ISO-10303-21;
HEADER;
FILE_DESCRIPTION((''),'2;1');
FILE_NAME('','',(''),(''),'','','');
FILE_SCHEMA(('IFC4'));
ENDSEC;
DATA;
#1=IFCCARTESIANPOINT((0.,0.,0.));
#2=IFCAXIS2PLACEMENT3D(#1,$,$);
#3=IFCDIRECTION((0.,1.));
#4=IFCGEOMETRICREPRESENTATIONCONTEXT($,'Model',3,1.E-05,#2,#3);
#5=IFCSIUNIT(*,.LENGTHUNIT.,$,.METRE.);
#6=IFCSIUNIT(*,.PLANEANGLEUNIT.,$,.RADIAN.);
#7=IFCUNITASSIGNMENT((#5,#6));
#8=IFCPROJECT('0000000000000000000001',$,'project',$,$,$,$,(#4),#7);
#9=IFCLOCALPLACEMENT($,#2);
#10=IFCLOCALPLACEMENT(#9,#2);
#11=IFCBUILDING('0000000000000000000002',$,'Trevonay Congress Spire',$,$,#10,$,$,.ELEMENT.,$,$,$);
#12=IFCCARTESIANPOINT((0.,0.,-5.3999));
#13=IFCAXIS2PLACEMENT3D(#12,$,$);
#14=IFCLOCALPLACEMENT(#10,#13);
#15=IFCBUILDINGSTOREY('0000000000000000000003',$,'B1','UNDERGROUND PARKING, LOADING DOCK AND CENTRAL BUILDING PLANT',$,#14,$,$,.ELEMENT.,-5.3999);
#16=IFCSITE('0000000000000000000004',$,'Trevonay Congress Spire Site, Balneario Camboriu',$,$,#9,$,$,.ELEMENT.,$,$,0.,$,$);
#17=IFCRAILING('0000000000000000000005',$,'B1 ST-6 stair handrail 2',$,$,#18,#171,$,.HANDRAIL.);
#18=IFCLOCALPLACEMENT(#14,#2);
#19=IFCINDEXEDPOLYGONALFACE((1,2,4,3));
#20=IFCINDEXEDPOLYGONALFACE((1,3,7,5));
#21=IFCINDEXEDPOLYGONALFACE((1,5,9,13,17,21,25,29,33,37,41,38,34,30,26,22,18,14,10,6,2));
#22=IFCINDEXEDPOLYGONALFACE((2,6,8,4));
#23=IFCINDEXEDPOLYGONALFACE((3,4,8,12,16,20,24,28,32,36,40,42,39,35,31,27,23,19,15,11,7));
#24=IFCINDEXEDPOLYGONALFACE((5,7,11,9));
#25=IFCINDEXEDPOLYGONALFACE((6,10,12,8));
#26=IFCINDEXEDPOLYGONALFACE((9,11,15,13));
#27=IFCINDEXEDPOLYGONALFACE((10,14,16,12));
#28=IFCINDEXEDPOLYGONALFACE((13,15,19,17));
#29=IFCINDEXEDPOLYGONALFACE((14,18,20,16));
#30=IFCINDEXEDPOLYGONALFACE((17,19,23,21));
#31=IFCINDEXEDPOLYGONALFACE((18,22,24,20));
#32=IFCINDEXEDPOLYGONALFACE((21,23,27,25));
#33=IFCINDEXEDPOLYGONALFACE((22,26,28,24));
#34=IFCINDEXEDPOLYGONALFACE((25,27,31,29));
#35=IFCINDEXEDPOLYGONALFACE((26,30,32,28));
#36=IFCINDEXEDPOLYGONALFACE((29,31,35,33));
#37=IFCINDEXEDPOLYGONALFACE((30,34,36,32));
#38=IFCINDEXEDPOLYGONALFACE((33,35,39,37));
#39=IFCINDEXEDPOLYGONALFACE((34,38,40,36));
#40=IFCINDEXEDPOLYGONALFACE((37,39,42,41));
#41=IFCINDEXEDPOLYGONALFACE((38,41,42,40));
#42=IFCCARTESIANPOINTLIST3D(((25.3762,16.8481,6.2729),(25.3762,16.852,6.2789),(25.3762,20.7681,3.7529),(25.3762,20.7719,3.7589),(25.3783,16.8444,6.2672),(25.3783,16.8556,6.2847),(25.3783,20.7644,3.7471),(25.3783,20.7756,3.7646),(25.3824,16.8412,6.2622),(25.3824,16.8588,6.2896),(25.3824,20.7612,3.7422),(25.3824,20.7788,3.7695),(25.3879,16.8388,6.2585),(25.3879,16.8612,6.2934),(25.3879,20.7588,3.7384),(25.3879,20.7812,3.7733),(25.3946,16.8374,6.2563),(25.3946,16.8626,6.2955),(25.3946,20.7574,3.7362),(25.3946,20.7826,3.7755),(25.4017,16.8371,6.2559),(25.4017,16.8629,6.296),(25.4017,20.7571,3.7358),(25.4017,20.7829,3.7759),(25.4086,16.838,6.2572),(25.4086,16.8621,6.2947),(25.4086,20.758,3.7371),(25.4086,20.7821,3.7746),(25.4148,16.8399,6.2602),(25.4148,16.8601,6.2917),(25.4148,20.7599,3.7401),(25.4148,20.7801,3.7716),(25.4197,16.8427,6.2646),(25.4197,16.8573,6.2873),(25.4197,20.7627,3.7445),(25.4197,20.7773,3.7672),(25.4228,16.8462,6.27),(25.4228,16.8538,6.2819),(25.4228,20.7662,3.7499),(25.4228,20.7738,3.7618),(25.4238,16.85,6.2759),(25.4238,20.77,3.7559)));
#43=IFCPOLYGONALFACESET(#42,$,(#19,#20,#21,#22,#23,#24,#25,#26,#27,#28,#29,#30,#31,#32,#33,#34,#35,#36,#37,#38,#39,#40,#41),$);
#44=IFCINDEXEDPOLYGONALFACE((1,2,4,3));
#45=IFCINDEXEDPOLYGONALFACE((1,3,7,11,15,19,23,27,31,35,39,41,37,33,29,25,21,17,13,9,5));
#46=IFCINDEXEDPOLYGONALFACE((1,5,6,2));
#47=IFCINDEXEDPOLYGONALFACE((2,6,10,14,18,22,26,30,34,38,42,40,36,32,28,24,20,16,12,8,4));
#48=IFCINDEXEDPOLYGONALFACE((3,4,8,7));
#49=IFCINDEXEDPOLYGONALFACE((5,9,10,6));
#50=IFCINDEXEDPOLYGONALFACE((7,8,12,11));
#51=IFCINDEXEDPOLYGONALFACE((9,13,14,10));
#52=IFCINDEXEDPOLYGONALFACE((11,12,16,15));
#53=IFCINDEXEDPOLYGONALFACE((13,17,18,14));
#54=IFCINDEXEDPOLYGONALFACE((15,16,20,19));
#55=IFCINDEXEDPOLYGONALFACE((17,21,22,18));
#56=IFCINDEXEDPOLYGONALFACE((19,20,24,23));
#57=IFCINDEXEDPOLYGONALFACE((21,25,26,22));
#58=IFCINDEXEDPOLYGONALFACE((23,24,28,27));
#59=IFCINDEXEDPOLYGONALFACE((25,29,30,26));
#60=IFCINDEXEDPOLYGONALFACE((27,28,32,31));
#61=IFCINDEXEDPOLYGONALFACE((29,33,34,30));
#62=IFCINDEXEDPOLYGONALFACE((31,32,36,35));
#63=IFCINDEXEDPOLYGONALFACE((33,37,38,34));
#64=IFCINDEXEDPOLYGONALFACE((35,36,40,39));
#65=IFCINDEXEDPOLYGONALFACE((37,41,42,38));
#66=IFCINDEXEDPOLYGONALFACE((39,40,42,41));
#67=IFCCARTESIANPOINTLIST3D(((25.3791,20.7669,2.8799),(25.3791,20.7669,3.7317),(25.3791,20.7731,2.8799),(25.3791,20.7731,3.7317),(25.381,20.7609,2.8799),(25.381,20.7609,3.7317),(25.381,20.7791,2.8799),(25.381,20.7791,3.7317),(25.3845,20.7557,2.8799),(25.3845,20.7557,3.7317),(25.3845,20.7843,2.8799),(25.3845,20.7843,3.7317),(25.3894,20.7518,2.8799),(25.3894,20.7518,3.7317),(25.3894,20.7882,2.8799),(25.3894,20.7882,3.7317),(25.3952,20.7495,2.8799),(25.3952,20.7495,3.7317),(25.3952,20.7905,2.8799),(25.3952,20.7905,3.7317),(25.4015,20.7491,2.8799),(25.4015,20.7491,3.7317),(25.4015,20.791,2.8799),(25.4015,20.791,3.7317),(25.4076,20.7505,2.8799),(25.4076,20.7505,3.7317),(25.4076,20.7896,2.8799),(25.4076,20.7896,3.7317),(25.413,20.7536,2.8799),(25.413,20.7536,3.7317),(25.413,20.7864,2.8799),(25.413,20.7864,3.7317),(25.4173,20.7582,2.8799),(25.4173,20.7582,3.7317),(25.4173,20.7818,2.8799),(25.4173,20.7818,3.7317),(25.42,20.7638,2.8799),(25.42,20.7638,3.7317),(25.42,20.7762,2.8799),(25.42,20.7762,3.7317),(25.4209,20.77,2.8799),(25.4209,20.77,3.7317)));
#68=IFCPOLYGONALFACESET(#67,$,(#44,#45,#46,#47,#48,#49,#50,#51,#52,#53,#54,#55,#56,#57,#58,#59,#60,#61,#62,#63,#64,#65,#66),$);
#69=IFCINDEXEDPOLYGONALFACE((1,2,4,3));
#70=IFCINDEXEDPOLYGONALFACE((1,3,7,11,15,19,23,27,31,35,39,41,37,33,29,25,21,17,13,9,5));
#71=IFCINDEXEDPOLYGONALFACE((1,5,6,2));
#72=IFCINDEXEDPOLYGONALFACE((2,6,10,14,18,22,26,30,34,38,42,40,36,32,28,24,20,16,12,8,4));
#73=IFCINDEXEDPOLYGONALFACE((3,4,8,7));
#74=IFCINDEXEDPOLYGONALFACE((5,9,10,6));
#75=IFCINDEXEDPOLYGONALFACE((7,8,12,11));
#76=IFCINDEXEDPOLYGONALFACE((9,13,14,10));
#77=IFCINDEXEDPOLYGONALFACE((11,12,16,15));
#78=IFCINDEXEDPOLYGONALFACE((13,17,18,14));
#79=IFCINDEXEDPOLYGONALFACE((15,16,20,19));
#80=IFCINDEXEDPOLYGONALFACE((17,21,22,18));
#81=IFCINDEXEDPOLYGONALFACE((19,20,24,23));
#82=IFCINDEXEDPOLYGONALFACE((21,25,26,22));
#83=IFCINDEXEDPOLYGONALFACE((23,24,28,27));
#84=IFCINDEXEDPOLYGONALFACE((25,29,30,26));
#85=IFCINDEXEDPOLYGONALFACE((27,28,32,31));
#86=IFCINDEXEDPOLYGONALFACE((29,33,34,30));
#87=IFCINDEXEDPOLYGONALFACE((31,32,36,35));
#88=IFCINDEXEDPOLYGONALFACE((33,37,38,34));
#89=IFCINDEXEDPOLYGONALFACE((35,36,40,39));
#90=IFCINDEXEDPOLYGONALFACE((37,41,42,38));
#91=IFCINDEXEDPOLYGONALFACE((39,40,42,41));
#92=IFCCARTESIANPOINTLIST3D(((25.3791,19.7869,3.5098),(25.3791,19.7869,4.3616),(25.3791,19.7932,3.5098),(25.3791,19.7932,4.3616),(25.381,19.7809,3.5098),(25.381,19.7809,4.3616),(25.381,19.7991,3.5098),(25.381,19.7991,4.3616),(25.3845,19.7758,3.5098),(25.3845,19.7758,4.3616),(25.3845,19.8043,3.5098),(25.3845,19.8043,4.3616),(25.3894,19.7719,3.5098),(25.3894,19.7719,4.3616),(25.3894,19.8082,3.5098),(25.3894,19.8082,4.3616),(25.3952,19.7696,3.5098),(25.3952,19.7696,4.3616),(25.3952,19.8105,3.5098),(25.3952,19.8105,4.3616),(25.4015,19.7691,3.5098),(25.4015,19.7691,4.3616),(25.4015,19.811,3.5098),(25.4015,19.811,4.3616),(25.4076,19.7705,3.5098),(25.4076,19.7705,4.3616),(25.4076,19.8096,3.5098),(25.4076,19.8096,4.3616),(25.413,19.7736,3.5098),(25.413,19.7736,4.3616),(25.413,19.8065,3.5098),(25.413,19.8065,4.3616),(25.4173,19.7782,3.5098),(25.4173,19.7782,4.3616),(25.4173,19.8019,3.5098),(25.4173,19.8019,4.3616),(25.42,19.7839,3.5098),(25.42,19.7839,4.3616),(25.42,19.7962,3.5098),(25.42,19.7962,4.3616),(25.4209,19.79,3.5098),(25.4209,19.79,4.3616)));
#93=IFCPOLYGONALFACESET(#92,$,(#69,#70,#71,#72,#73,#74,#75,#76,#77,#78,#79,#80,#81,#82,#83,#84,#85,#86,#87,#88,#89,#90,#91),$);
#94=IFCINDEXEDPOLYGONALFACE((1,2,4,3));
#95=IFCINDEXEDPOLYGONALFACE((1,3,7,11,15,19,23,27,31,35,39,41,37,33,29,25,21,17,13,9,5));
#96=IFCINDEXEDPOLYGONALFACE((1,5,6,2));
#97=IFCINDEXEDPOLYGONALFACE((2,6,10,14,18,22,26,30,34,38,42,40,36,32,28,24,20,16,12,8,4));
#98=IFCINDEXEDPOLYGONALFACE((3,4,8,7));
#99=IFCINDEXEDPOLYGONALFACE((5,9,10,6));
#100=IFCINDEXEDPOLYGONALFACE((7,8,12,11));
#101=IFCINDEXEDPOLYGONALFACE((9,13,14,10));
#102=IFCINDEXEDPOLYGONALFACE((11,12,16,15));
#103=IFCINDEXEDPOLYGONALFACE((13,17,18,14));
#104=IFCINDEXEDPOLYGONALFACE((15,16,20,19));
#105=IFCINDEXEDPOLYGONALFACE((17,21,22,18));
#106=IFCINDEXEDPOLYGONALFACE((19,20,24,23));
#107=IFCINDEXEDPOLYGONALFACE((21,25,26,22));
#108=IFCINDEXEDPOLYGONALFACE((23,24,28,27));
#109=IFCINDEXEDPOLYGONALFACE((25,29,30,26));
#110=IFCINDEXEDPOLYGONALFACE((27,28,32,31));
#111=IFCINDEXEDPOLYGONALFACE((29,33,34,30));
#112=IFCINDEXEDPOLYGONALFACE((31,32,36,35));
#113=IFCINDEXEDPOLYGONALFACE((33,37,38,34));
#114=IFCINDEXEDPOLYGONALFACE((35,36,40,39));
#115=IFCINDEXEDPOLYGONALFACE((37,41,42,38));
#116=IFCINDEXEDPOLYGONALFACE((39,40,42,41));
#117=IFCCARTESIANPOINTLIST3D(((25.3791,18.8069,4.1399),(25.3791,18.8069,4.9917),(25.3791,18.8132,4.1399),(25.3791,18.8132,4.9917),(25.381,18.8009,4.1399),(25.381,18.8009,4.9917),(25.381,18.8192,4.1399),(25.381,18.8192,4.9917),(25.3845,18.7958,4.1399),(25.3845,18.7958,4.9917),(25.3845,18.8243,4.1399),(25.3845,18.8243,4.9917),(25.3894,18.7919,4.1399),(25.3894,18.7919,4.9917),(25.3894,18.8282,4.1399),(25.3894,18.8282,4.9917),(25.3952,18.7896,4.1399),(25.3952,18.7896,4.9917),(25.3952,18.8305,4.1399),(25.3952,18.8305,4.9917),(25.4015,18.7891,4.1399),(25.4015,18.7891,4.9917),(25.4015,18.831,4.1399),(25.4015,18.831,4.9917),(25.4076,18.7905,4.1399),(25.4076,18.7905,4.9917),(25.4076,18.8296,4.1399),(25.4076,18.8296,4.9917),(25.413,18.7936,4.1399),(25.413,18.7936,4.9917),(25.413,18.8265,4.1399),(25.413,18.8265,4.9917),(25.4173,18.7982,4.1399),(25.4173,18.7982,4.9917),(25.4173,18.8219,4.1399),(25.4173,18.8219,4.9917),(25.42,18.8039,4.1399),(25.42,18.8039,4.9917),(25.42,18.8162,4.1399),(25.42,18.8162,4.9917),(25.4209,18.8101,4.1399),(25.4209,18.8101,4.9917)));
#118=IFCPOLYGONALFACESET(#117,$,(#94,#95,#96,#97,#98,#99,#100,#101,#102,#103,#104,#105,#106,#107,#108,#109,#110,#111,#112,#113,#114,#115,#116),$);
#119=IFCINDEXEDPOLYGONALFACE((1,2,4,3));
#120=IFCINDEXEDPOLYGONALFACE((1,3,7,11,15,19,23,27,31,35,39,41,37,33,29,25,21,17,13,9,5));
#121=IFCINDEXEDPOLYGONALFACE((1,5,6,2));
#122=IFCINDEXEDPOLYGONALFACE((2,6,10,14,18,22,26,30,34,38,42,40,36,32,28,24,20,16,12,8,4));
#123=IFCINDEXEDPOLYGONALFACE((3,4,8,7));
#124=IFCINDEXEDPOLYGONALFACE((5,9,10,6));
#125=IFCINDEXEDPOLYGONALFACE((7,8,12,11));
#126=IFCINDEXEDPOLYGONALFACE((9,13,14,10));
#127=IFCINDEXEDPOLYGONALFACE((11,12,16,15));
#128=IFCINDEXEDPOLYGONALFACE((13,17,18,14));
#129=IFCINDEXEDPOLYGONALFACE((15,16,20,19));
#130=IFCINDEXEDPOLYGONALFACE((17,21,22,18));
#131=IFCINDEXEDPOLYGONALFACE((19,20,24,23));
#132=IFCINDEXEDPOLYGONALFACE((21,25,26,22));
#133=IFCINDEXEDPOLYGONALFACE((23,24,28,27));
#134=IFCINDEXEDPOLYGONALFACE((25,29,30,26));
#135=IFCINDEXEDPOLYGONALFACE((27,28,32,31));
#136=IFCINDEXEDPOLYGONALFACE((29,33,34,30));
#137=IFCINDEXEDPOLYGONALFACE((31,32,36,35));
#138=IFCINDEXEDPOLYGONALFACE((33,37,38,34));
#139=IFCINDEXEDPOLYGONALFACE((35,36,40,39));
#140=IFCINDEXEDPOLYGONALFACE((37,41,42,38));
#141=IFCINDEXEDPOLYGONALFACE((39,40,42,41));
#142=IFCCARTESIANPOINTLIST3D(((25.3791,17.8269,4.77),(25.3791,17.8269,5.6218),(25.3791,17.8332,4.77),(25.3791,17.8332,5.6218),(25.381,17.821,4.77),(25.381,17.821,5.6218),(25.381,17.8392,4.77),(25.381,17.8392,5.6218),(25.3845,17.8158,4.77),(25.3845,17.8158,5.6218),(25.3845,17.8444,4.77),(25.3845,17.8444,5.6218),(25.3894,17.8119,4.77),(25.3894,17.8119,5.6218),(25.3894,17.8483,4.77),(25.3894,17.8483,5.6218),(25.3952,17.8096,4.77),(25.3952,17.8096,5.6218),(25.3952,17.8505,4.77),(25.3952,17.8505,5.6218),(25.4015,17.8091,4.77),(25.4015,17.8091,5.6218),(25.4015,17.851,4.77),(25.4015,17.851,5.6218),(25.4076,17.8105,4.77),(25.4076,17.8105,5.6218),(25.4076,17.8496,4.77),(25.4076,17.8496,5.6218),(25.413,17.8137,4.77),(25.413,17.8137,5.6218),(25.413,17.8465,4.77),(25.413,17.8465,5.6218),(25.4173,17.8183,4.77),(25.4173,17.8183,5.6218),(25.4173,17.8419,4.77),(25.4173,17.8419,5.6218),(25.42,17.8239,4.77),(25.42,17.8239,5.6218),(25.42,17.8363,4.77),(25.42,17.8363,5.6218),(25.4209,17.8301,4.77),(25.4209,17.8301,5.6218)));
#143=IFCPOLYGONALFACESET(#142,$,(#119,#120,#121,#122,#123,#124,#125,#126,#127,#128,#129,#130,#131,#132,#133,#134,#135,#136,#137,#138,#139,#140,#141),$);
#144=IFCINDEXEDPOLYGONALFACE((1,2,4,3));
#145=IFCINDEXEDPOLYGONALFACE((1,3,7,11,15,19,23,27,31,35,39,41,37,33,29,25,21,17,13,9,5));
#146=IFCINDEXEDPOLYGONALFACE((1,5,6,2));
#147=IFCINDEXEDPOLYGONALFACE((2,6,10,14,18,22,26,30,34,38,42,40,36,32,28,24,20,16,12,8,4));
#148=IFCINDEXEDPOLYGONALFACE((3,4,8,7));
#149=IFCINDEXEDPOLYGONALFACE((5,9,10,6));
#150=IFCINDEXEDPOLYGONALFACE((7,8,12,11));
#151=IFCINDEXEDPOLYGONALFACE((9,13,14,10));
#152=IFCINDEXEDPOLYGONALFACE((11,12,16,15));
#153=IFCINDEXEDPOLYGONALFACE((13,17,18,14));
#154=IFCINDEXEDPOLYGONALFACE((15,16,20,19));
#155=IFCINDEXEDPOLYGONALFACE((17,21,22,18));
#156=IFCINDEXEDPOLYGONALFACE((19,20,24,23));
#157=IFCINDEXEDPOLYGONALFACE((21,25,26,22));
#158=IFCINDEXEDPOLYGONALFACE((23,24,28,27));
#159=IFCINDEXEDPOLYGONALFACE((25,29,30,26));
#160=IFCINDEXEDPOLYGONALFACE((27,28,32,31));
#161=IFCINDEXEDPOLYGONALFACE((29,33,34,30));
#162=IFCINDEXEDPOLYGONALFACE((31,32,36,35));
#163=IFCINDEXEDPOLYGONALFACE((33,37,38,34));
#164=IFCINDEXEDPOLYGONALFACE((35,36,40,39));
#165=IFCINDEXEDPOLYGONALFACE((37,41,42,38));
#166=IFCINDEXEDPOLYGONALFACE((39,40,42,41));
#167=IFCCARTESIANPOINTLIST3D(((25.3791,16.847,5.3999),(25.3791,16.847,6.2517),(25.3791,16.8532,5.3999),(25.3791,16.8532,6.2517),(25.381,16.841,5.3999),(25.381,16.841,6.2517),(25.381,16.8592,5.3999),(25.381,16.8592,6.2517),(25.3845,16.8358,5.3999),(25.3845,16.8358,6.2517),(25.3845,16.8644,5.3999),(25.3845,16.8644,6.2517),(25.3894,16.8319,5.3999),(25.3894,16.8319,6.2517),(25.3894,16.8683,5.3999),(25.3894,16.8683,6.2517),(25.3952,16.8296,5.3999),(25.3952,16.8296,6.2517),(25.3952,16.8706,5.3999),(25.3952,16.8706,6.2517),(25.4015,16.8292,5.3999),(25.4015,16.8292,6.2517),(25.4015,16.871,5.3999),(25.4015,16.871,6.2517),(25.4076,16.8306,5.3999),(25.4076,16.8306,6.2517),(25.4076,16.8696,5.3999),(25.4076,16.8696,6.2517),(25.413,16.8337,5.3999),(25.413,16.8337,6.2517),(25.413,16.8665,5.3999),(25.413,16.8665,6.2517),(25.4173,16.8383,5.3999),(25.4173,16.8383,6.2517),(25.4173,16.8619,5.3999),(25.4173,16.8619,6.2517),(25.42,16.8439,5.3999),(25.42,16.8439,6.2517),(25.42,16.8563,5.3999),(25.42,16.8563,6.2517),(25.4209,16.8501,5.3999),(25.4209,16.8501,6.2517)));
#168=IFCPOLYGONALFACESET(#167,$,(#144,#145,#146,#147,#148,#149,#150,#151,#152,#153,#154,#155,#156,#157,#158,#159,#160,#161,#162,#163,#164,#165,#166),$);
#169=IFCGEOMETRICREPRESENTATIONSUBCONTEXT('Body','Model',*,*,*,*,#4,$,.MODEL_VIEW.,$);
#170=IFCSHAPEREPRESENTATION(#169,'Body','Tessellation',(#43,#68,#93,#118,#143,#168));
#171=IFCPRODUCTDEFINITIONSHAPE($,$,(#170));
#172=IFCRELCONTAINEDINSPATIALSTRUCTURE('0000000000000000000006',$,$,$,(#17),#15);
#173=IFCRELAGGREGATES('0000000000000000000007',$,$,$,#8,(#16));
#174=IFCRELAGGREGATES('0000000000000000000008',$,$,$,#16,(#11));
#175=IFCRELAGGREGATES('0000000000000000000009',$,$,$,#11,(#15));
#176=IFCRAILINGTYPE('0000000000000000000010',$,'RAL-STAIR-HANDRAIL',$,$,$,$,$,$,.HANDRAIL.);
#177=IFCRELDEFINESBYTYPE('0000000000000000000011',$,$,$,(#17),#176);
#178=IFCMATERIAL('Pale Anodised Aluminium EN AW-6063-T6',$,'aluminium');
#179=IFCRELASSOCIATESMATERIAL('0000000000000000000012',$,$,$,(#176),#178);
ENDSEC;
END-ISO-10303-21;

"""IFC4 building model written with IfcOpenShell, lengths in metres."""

from ifc_helpers import new_model, si_unit, direction, frame, origin, origin_2d, place, context, subcontext, project, spatial, circle, extrude, material, type_object, element, save


model = new_model("IFC4")

# Units and contexts
model_context = context("Model", 3, precision=1e-05, world=origin(), true_north=direction((0.0, 1.0)))
body_context = subcontext(model_context, "Body", "Model", "MODEL_VIEW")
ifc_project = project(units=[si_unit("LENGTHUNIT", "METRE"), si_unit("PLANEANGLEUNIT", "RADIAN")], contexts=[model_context])

# Site, building, storey
site_placement = place(None, origin())
site = spatial("IfcSite", under=ifc_project, at=site_placement, Name="Trevonay Congress Spire Site, Balneario Camboriu", CompositionType="ELEMENT", RefElevation=0.0)
building_placement = place(site_placement, origin())
building = spatial("IfcBuilding", under=site, at=building_placement, Name="Trevonay Congress Spire", CompositionType="ELEMENT")
storey_placement = place(building_placement, frame((0.0, 0.0, -5.3999)))
storey = spatial("IfcBuildingStorey", under=building, at=storey_placement, Name="B1", Description="UNDERGROUND PARKING, LOADING DOCK AND CENTRAL BUILDING PLANT", CompositionType="ELEMENT", Elevation=-5.3999)

# Railing
ifc_material_1 = material(Name="Pale Anodised Aluminium EN AW-6063-T6", Category="aluminium")
railing_type = type_object("IfcRailingType", Name="RAL-STAIR-HANDRAIL", PredefinedType="HANDRAIL", material=ifc_material_1)
railing_placement = place(storey_placement, frame((25.3999, 20.77, 2.8799)))
element("IfcRailing", 1, at=railing_placement, inside=storey, type_object=railing_type, Name="B1 ST-6 stair handrail 2", PredefinedType="HANDRAIL", context=body_context, shape_type="SweptSolid", body=[
    extrude(circle(Radius=0.0239, at=origin_2d()), frame((0.0, 0.0, 0.876), z_axis=(0.0, -0.841172, 0.540768), x_axis=(1.0, 0.0, 0.0)), (0.0, 0.0, 1.0), 4.6602),
    extrude(circle(Radius=0.021, at=origin_2d()), origin(), (0.0, 0.0, 1.0), 0.8518),
    extrude(circle(Radius=0.021, at=origin_2d()), frame((0.0, -0.98, 0.6299)), (0.0, 0.0, 1.0), 0.8518),
    extrude(circle(Radius=0.021, at=origin_2d()), frame((0.0, -1.96, 1.26)), (0.0, 0.0, 1.0), 0.8518),
    extrude(circle(Radius=0.021, at=origin_2d()), frame((0.0, -2.9399, 1.8901)), (0.0, 0.0, 1.0), 0.8518),
    extrude(circle(Radius=0.021, at=origin_2d()), frame((0.0, -3.9199, 2.52)), (0.0, 0.0, 1.0), 0.8518),
])

save(model, "model.ifc")
